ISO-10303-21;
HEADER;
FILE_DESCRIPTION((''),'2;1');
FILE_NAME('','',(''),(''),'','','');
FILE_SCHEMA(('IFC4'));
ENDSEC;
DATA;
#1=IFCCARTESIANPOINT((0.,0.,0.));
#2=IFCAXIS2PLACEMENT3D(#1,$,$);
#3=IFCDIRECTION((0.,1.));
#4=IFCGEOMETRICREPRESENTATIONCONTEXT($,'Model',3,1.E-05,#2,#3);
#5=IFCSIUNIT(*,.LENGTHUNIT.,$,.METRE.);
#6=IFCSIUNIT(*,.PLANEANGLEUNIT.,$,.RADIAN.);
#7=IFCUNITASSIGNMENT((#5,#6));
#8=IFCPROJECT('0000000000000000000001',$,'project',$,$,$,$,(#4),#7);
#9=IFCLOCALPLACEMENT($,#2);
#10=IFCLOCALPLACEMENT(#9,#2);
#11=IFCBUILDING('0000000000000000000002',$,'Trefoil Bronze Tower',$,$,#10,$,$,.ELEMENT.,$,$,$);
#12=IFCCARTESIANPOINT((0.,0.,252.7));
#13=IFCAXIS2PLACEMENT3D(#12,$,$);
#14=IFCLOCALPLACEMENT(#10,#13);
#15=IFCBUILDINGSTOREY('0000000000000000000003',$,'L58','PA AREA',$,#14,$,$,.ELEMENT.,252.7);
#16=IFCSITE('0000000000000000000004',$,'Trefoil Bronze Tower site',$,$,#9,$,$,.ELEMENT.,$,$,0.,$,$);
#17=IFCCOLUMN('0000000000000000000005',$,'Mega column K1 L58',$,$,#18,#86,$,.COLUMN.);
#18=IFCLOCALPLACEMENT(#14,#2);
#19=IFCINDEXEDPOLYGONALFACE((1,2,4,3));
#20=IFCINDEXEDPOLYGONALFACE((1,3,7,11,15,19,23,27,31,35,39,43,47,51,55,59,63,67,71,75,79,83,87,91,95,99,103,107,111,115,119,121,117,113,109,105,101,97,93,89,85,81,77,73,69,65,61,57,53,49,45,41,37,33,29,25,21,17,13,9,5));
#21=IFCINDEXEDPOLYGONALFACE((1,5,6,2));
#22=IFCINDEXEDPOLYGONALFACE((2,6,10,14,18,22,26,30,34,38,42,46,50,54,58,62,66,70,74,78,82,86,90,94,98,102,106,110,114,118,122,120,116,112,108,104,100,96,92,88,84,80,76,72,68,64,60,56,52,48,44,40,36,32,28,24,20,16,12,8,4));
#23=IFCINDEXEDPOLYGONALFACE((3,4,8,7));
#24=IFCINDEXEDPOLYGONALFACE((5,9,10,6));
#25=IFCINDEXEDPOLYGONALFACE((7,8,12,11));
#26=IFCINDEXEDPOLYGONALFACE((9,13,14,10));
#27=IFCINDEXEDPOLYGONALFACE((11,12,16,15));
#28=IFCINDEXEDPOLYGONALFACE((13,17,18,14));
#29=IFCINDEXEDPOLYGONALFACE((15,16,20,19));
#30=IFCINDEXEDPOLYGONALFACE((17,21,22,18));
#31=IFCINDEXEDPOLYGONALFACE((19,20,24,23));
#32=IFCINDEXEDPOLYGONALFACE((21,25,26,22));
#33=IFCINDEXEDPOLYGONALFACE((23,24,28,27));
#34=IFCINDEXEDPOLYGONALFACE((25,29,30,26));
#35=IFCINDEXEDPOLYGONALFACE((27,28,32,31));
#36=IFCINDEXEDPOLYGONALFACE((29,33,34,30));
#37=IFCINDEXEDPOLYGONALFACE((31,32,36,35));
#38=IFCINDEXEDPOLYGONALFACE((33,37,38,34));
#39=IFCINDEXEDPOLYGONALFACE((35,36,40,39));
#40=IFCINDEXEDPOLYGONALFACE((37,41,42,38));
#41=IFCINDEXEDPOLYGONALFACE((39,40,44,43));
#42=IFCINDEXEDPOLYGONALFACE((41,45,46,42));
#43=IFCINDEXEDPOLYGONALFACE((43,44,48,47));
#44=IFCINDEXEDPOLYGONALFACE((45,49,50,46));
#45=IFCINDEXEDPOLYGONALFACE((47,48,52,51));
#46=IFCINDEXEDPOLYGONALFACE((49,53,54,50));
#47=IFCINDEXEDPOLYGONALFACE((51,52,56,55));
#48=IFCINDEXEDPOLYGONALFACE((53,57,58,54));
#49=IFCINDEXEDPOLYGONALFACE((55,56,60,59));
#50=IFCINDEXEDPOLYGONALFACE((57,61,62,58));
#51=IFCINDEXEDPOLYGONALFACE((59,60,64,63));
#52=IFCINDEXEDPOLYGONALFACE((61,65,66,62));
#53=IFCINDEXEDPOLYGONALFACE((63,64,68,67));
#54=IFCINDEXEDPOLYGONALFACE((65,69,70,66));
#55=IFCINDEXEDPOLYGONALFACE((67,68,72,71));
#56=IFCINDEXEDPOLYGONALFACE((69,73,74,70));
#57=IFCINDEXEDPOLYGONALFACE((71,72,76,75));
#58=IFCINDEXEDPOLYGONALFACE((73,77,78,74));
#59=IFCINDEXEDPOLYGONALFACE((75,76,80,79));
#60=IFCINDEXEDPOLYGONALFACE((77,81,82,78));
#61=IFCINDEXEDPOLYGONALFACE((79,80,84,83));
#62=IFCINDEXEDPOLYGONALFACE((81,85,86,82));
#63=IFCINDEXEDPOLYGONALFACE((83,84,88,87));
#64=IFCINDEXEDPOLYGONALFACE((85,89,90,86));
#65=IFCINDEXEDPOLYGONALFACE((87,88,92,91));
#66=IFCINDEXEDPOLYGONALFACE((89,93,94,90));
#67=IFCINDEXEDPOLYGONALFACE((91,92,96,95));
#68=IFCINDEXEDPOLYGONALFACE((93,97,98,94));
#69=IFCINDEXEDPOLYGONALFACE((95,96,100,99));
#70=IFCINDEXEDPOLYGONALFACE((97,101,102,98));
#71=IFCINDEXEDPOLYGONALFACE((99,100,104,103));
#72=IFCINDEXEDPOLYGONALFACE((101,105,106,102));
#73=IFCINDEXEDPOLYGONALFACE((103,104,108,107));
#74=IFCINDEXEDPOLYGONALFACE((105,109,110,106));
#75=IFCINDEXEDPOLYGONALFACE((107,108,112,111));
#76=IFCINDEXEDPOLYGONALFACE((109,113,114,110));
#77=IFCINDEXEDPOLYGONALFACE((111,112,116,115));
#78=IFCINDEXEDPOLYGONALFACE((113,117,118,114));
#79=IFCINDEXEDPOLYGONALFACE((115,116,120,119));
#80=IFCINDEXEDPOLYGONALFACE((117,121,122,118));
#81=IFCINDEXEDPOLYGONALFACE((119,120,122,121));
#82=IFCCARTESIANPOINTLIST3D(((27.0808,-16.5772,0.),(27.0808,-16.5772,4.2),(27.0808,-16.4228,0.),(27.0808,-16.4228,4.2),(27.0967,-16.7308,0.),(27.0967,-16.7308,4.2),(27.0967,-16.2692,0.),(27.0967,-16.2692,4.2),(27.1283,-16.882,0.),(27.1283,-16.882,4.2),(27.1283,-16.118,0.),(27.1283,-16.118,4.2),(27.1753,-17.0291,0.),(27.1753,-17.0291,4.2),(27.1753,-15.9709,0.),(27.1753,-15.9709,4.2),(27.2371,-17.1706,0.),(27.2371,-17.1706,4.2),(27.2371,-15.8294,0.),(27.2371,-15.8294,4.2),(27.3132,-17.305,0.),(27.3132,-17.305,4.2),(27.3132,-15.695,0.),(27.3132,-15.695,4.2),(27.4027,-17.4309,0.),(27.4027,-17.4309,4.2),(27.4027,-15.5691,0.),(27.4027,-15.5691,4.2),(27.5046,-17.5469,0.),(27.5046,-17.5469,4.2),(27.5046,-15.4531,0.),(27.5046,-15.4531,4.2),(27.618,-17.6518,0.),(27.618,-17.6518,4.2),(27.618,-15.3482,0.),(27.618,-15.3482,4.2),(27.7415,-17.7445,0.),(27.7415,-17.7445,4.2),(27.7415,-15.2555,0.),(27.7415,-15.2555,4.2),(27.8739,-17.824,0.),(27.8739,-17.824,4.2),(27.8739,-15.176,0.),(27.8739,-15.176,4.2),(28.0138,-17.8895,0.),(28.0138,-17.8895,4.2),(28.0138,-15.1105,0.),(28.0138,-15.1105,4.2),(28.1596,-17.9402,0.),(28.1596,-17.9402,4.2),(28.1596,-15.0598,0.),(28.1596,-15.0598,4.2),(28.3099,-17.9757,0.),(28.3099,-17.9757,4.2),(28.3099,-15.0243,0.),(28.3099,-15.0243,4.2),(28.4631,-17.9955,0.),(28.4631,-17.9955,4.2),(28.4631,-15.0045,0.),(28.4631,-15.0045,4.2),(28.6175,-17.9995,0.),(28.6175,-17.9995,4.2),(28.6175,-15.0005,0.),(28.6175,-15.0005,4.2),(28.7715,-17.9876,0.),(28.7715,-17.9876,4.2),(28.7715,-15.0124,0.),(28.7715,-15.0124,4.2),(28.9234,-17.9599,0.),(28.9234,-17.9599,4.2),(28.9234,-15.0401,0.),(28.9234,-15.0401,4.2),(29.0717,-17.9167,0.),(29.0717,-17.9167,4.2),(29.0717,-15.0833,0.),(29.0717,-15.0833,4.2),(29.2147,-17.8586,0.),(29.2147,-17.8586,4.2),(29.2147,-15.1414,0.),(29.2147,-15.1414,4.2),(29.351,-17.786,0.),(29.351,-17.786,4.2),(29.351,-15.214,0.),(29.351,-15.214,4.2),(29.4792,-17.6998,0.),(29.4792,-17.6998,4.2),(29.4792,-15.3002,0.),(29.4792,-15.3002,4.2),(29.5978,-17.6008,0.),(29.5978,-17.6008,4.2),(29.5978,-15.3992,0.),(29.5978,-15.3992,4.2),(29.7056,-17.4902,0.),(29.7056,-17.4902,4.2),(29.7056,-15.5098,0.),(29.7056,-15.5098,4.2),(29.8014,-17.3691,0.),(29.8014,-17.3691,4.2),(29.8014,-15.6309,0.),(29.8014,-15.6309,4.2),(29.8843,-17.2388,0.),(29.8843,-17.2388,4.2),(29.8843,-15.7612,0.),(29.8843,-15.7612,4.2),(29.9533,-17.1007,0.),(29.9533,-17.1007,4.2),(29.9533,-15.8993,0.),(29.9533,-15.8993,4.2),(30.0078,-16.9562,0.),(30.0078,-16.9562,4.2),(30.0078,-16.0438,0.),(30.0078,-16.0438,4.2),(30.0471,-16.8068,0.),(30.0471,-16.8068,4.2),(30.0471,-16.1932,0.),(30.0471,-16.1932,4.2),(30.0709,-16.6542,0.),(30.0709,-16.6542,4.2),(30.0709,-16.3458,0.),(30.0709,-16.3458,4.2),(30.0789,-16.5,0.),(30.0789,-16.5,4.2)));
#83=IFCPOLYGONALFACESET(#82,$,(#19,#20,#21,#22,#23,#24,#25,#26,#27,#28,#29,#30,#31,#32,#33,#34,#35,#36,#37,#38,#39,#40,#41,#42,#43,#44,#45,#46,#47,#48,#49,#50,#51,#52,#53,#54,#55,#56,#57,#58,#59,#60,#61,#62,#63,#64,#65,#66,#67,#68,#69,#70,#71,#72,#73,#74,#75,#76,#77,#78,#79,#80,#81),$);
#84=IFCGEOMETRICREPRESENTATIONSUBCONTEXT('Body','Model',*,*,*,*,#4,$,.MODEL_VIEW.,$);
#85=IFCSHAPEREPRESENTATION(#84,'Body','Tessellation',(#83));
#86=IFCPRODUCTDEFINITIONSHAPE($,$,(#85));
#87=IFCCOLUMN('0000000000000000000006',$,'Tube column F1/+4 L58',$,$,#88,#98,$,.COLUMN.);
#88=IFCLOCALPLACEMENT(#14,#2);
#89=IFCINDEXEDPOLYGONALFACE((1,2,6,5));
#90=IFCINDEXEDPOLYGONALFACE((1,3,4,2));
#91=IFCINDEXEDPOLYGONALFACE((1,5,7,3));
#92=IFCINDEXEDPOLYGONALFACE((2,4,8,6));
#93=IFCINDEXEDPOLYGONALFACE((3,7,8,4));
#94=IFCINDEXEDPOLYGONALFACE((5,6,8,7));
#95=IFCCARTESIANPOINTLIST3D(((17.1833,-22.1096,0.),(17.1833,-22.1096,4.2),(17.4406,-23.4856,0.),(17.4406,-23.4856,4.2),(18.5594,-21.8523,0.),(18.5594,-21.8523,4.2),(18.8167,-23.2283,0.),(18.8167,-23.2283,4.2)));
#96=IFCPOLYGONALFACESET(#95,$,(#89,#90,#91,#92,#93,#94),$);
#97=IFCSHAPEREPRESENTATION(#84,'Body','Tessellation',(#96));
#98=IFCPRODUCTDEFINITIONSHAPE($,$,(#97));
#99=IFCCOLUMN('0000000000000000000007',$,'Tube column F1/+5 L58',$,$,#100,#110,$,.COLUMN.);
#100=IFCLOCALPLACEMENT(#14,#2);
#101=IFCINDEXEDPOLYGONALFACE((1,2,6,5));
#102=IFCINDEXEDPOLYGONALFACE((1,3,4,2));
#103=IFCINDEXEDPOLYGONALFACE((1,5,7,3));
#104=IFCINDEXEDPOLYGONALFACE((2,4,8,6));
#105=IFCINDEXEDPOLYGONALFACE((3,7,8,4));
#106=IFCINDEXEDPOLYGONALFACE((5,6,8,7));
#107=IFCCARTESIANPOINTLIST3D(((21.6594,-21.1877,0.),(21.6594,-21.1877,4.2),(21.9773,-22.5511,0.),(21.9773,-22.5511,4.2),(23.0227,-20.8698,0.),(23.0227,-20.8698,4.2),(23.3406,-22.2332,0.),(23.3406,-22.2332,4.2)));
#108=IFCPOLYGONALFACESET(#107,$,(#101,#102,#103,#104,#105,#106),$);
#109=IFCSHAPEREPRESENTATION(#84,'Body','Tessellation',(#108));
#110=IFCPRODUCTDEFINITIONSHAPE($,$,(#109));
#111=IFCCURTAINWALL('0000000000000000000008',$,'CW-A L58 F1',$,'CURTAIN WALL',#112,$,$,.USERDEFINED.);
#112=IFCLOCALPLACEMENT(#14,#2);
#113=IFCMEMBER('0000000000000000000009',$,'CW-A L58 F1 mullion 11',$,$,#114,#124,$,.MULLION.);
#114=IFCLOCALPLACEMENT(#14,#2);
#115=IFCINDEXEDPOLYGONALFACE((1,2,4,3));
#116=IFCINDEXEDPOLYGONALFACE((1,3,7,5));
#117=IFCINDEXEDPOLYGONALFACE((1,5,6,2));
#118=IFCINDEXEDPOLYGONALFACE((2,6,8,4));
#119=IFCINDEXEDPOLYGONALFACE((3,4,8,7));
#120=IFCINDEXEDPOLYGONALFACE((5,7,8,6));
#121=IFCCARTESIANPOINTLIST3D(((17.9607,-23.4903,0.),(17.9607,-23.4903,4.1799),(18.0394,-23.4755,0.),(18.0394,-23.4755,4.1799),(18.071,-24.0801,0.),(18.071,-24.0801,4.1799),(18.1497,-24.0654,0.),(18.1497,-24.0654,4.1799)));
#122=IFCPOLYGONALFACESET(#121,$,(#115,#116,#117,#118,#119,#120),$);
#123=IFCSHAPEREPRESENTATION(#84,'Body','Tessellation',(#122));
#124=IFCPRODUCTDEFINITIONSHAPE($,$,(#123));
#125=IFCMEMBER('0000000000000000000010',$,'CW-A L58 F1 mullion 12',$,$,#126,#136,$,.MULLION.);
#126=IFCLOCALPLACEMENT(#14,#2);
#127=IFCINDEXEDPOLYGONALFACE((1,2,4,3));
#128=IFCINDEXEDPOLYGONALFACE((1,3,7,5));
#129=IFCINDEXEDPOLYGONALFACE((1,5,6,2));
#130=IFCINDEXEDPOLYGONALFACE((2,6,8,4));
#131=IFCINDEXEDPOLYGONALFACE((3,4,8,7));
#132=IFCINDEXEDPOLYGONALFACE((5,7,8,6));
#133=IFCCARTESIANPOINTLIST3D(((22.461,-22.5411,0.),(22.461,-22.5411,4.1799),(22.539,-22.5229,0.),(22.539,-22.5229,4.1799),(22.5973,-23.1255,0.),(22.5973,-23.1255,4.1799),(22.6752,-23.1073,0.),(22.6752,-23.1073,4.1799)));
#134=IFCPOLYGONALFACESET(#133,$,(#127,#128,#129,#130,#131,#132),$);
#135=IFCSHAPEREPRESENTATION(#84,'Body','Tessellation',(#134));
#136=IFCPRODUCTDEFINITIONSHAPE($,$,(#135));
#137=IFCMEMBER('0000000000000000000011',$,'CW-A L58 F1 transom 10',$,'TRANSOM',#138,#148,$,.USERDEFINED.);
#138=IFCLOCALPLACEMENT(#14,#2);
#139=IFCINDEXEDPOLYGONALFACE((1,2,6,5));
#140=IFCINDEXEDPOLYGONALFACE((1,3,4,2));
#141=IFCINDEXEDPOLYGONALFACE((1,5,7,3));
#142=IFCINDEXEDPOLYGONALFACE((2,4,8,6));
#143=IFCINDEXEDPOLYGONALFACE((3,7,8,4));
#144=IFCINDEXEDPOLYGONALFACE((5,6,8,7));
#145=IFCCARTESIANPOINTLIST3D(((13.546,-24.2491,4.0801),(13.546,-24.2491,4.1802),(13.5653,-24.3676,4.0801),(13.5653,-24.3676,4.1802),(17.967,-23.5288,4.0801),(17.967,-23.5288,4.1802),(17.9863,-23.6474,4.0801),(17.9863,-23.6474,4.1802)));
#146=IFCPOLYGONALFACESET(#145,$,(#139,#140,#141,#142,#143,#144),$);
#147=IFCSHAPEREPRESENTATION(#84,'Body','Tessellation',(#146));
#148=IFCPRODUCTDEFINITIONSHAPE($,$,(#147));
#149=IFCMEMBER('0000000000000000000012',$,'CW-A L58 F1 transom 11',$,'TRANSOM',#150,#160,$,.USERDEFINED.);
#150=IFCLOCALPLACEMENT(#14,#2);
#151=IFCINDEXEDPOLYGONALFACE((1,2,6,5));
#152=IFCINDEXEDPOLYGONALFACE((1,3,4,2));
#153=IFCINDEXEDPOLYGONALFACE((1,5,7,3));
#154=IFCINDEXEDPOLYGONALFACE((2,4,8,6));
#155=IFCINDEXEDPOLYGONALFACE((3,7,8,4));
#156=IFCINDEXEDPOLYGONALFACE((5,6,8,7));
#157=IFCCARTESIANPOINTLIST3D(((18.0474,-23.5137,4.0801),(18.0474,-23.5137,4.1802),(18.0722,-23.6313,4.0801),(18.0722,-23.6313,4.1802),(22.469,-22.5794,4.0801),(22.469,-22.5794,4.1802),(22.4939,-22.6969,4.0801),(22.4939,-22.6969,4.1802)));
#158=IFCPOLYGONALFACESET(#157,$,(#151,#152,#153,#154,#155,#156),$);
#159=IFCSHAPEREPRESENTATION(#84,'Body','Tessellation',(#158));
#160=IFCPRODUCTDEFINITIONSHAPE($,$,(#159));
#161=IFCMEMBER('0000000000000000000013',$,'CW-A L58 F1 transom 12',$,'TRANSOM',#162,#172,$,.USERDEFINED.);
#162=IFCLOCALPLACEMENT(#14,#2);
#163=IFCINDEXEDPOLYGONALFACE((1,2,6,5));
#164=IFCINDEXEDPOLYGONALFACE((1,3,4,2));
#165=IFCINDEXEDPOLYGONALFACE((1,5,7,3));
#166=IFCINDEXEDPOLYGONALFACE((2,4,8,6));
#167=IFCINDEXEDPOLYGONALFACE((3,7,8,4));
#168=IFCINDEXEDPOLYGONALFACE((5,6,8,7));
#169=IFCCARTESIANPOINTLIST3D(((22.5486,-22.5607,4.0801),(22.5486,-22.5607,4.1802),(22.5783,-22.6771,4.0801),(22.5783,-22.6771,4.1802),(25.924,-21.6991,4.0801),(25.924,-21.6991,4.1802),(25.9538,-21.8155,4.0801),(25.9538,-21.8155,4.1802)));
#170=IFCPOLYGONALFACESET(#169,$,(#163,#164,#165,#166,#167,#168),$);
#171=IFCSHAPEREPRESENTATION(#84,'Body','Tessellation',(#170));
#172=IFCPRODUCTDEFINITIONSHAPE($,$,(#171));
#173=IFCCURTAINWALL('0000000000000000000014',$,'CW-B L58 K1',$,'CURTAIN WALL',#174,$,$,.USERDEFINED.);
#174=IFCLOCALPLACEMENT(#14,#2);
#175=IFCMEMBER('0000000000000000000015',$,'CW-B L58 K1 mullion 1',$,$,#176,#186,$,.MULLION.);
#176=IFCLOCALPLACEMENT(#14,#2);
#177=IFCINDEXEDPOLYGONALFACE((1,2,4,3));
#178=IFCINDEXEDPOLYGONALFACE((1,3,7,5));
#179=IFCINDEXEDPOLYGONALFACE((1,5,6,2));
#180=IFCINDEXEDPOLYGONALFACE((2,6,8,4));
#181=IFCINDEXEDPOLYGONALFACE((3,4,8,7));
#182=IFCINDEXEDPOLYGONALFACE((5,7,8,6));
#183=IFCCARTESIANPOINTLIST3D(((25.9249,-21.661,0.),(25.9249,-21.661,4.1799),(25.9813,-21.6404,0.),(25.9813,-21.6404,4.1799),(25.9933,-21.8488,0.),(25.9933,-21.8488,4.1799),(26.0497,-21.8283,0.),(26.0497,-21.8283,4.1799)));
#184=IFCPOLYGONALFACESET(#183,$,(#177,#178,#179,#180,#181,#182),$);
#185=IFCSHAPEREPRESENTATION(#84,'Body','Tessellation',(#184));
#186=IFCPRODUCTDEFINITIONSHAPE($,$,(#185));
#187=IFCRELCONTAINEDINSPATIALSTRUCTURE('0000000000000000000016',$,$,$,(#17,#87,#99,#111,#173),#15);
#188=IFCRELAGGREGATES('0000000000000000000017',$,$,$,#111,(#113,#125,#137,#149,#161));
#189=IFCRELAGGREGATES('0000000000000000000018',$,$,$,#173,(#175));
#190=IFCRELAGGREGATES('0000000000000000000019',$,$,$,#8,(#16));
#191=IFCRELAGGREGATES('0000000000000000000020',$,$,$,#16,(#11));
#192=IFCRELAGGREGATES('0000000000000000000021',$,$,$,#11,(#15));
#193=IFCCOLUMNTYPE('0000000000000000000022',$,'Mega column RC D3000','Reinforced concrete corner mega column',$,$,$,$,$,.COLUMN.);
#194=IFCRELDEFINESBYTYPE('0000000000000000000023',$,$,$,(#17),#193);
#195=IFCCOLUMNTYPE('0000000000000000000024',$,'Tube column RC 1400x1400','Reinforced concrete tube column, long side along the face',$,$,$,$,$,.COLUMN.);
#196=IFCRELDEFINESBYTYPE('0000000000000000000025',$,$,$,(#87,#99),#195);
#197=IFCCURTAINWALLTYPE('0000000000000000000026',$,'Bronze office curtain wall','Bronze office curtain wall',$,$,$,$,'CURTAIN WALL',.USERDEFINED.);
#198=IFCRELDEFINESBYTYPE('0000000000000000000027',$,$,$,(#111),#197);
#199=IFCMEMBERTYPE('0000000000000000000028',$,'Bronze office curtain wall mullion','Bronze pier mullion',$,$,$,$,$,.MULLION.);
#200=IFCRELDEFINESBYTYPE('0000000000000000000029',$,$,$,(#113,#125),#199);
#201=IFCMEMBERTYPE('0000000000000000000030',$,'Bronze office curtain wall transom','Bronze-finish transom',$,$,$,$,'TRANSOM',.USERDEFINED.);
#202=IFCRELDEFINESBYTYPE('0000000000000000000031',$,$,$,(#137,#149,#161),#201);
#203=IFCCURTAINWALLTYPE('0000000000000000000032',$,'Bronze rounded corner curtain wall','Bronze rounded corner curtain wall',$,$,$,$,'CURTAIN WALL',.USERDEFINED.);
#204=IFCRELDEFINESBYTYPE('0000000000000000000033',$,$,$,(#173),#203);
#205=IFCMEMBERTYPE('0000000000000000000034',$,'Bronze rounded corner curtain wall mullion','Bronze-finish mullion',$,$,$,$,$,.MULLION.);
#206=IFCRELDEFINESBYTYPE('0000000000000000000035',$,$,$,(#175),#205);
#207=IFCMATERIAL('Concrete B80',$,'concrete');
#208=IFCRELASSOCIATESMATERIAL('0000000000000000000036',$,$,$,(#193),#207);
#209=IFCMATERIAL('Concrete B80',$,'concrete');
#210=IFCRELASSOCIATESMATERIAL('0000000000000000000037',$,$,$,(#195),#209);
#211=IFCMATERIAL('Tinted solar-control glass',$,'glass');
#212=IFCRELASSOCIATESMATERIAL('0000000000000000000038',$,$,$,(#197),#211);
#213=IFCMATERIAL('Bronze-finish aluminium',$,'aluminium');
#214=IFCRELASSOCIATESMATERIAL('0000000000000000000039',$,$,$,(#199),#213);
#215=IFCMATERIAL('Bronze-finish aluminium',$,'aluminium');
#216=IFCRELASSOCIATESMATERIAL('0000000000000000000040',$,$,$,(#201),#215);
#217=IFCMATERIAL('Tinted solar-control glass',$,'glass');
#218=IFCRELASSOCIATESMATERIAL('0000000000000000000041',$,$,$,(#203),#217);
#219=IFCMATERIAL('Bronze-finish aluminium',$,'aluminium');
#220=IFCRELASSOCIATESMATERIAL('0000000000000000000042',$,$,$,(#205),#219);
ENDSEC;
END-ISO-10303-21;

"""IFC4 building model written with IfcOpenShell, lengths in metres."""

from ifc_helpers import new_model, si_unit, direction, frame, origin, origin_2d, place, context, subcontext, project, spatial, rectangle, circle, extrude, material, material_profile, profile_set, type_object, element, aggregate, save


model = new_model("IFC4")

# Units and contexts
model_context = context("Model", 3, precision=1e-05, world=origin(), true_north=direction((0.0, 1.0)))
body_context = subcontext(model_context, "Body", "Model", "MODEL_VIEW")
ifc_project = project(units=[si_unit("LENGTHUNIT", "METRE"), si_unit("PLANEANGLEUNIT", "RADIAN")], contexts=[model_context])

# Site, building, storey
site_placement = place(None, origin())
site = spatial("IfcSite", under=ifc_project, at=site_placement, Name="Trefoil Bronze Tower site", CompositionType="ELEMENT", RefElevation=0.0)
building_placement = place(site_placement, origin())
building = spatial("IfcBuilding", under=site, at=building_placement, Name="Trefoil Bronze Tower", CompositionType="ELEMENT")
storey_placement = place(building_placement, frame((0.0, 0.0, 252.7)))
storey = spatial("IfcBuildingStorey", under=building, at=storey_placement, Name="L58", Description="PA AREA", CompositionType="ELEMENT", Elevation=252.7)

# Columns
ifc_material_1 = material(Name="Concrete B80", Category="concrete")
ifc_material_profile_1 = material_profile(ifc_material_1, circle(Radius=1.5, at=origin_2d()), Name="RC D3000")
ifc_profile_set_1 = profile_set([ifc_material_profile_1], Name="Concrete B80")
column_type_1 = type_object("IfcColumnType", Name="Mega column RC D3000", Description="Reinforced concrete corner mega column", PredefinedType="COLUMN", material=ifc_profile_set_1)
column_placement = place(storey_placement, frame((28.5789, -16.5, 0.0), z_axis=(0.0, 0.0, 1.0), x_axis=(1.0, 0.0, 0.0)))
element("IfcColumn", 1, at=column_placement, inside=storey, type_object=column_type_1, Name="Mega column K1 L58", PredefinedType="COLUMN", context=body_context, shape_type="SweptSolid", body=[
    extrude(circle(Radius=1.5, at=origin_2d()), origin(), (0.0, 0.0, 1.0), 4.2),
])
ifc_material_2 = material(Name="Concrete B80", Category="concrete")
ifc_material_profile_2 = material_profile(ifc_material_2, rectangle(XDim=1.3999, YDim=1.3999, at=origin_2d()), Name="RC 1400x1400")
ifc_profile_set_2 = profile_set([ifc_material_profile_2], Name="Concrete B80")
column_type_2 = type_object("IfcColumnType", Name="Tube column RC 1400x1400", Description="Reinforced concrete tube column, long side along the face", PredefinedType="COLUMN", material=ifc_profile_set_2)
for number, where, z_axis, x_axis, name in (
    (2, (18.0, -22.6689, 0.0), (0.0, 0.0, 1.0), (0.982959, 0.183825, 0.0), "Tube column F1/+4 L58"),
    (3, (22.5, -21.7104, 0.0), (0.0, 0.0, 1.0), (0.973875, 0.227083, 0.0), "Tube column F1/+5 L58"),
):
    element("IfcColumn", number, at=place(storey_placement, frame(where, z_axis=z_axis, x_axis=x_axis)), inside=storey, type_object=column_type_2, Name=name, PredefinedType="COLUMN", context=body_context, shape_type="SweptSolid", body=[
        extrude(rectangle(XDim=1.3999, YDim=1.3999, at=origin_2d()), origin(), (0.0, 0.0, 1.0), 4.2),
    ])

# Curtain walls, members
ifc_material_3 = material(Name="Tinted solar-control glass", Category="glass")
curtain_wall_type_1 = type_object("IfcCurtainWallType", Name="Bronze office curtain wall", Description="Bronze office curtain wall", ElementType="CURTAIN WALL", PredefinedType="USERDEFINED", material=ifc_material_3)
curtain_wall_1_placement = place(storey_placement, origin())
curtain_wall_1 = element("IfcCurtainWall", 4, at=curtain_wall_1_placement, inside=storey, type_object=curtain_wall_type_1, Name="CW-A L58 F1", ObjectType="CURTAIN WALL", PredefinedType="USERDEFINED")
ifc_material_4 = material(Name="Bronze-finish aluminium", Category="aluminium")
ifc_material_profile_3 = material_profile(ifc_material_4, rectangle(XDim=0.6001, YDim=0.0801, at=origin_2d()), Name="CW-A mullion")
ifc_profile_set_3 = profile_set([ifc_material_profile_3], Name="Bronze-finish aluminium")
member_type_1 = type_object("IfcMemberType", Name="Bronze office curtain wall mullion", Description="Bronze pier mullion", PredefinedType="MULLION", material=ifc_profile_set_3)
member_1_placement = place(storey_placement, frame((18.0552, -23.7778, 0.0), z_axis=(0.0, 0.0, 1.0), x_axis=(-0.183825, 0.982959, 0.0)))
member_1 = element("IfcMember", 5, at=member_1_placement, type_object=member_type_1, Name="CW-A L58 F1 mullion 11", PredefinedType="MULLION", context=body_context, shape_type="SweptSolid", body=[
    extrude(rectangle(XDim=0.6001, YDim=0.0801, at=origin_2d()), origin(), (0.0, 0.0, 1.0), 4.1799),
])
member_2_placement = place(storey_placement, frame((22.5681, -22.8242, 0.0), z_axis=(0.0, 0.0, 1.0), x_axis=(-0.227083, 0.973875, 0.0)))
member_2 = element("IfcMember", 6, at=member_2_placement, type_object=member_type_1, Name="CW-A L58 F1 mullion 12", PredefinedType="MULLION", context=body_context, shape_type="SweptSolid", body=[
    extrude(rectangle(XDim=0.6001, YDim=0.0801, at=origin_2d()), origin(), (0.0, 0.0, 1.0), 4.1799),
])
ifc_material_5 = material(Name="Bronze-finish aluminium", Category="aluminium")
ifc_material_profile_4 = material_profile(ifc_material_5, rectangle(XDim=0.1201, YDim=0.1001, at=origin_2d()), Name="CW-A transom")
ifc_profile_set_4 = profile_set([ifc_material_profile_4], Name="Bronze-finish aluminium")
member_type_2 = type_object("IfcMemberType", Name="Bronze office curtain wall transom", Description="Bronze-finish transom", ElementType="TRANSOM", PredefinedType="USERDEFINED", material=ifc_profile_set_4)
member_3_placement = place(storey_placement, frame((13.5557, -24.3083, 4.1301), z_axis=(0.986988, 0.160792, 0.0), x_axis=(-0.160792, 0.986988, 0.0)))
member_3 = element("IfcMember", 7, at=member_3_placement, type_object=member_type_2, Name="CW-A L58 F1 transom 10", ObjectType="TRANSOM", PredefinedType="USERDEFINED", context=body_context, shape_type="SweptSolid", body=[
    extrude(rectangle(XDim=0.1201, YDim=0.1001, at=origin_2d()), origin(), (0.0, 0.0, 1.0), 4.4792),
])
member_4_placement = place(storey_placement, frame((18.0598, -23.5725, 4.1301), z_axis=(0.978395, 0.206743, 0.0), x_axis=(-0.206743, 0.978395, 0.0)))
member_4 = element("IfcMember", 8, at=member_4_placement, type_object=member_type_2, Name="CW-A L58 F1 transom 11", ObjectType="TRANSOM", PredefinedType="USERDEFINED", context=body_context, shape_type="SweptSolid", body=[
    extrude(rectangle(XDim=0.1201, YDim=0.1001, at=origin_2d()), origin(), (0.0, 0.0, 1.0), 4.5193),
])
member_5_placement = place(storey_placement, frame((22.5635, -22.6189, 4.1301), z_axis=(0.968935, 0.247315, 0.0), x_axis=(-0.247315, 0.968935, 0.0)))
member_5 = element("IfcMember", 9, at=member_5_placement, type_object=member_type_2, Name="CW-A L58 F1 transom 12", ObjectType="TRANSOM", PredefinedType="USERDEFINED", context=body_context, shape_type="SweptSolid", body=[
    extrude(rectangle(XDim=0.1201, YDim=0.1001, at=origin_2d()), origin(), (0.0, 0.0, 1.0), 3.4836),
])
ifc_material_6 = material(Name="Tinted solar-control glass", Category="glass")
curtain_wall_type_2 = type_object("IfcCurtainWallType", Name="Bronze rounded corner curtain wall", Description="Bronze rounded corner curtain wall", ElementType="CURTAIN WALL", PredefinedType="USERDEFINED", material=ifc_material_6)
curtain_wall_2_placement = place(storey_placement, origin())
curtain_wall_2 = element("IfcCurtainWall", 10, at=curtain_wall_2_placement, inside=storey, type_object=curtain_wall_type_2, Name="CW-B L58 K1", ObjectType="CURTAIN WALL", PredefinedType="USERDEFINED")
ifc_material_7 = material(Name="Bronze-finish aluminium", Category="aluminium")
ifc_material_profile_5 = material_profile(ifc_material_7, rectangle(XDim=0.2, YDim=0.0601, at=origin_2d()), Name="CW-B mullion")
ifc_profile_set_5 = profile_set([ifc_material_profile_5], Name="Bronze-finish aluminium")
member_type_3 = type_object("IfcMemberType", Name="Bronze rounded corner curtain wall mullion", Description="Bronze-finish mullion", PredefinedType="MULLION", material=ifc_profile_set_5)
member_6_placement = place(storey_placement, frame((25.9873, -21.7446, 0.0), z_axis=(0.0, 0.0, 1.0), x_axis=(-0.34202, 0.939693, 0.0)))
member_6 = element("IfcMember", 11, at=member_6_placement, type_object=member_type_3, Name="CW-B L58 K1 mullion 1", PredefinedType="MULLION", context=body_context, shape_type="SweptSolid", body=[
    extrude(rectangle(XDim=0.2, YDim=0.0601, at=origin_2d()), origin(), (0.0, 0.0, 1.0), 4.1799),
])

aggregate(curtain_wall_1, [member_1, member_2, member_3, member_4, member_5])
aggregate(curtain_wall_2, [member_6])

save(model, "model.ifc")
